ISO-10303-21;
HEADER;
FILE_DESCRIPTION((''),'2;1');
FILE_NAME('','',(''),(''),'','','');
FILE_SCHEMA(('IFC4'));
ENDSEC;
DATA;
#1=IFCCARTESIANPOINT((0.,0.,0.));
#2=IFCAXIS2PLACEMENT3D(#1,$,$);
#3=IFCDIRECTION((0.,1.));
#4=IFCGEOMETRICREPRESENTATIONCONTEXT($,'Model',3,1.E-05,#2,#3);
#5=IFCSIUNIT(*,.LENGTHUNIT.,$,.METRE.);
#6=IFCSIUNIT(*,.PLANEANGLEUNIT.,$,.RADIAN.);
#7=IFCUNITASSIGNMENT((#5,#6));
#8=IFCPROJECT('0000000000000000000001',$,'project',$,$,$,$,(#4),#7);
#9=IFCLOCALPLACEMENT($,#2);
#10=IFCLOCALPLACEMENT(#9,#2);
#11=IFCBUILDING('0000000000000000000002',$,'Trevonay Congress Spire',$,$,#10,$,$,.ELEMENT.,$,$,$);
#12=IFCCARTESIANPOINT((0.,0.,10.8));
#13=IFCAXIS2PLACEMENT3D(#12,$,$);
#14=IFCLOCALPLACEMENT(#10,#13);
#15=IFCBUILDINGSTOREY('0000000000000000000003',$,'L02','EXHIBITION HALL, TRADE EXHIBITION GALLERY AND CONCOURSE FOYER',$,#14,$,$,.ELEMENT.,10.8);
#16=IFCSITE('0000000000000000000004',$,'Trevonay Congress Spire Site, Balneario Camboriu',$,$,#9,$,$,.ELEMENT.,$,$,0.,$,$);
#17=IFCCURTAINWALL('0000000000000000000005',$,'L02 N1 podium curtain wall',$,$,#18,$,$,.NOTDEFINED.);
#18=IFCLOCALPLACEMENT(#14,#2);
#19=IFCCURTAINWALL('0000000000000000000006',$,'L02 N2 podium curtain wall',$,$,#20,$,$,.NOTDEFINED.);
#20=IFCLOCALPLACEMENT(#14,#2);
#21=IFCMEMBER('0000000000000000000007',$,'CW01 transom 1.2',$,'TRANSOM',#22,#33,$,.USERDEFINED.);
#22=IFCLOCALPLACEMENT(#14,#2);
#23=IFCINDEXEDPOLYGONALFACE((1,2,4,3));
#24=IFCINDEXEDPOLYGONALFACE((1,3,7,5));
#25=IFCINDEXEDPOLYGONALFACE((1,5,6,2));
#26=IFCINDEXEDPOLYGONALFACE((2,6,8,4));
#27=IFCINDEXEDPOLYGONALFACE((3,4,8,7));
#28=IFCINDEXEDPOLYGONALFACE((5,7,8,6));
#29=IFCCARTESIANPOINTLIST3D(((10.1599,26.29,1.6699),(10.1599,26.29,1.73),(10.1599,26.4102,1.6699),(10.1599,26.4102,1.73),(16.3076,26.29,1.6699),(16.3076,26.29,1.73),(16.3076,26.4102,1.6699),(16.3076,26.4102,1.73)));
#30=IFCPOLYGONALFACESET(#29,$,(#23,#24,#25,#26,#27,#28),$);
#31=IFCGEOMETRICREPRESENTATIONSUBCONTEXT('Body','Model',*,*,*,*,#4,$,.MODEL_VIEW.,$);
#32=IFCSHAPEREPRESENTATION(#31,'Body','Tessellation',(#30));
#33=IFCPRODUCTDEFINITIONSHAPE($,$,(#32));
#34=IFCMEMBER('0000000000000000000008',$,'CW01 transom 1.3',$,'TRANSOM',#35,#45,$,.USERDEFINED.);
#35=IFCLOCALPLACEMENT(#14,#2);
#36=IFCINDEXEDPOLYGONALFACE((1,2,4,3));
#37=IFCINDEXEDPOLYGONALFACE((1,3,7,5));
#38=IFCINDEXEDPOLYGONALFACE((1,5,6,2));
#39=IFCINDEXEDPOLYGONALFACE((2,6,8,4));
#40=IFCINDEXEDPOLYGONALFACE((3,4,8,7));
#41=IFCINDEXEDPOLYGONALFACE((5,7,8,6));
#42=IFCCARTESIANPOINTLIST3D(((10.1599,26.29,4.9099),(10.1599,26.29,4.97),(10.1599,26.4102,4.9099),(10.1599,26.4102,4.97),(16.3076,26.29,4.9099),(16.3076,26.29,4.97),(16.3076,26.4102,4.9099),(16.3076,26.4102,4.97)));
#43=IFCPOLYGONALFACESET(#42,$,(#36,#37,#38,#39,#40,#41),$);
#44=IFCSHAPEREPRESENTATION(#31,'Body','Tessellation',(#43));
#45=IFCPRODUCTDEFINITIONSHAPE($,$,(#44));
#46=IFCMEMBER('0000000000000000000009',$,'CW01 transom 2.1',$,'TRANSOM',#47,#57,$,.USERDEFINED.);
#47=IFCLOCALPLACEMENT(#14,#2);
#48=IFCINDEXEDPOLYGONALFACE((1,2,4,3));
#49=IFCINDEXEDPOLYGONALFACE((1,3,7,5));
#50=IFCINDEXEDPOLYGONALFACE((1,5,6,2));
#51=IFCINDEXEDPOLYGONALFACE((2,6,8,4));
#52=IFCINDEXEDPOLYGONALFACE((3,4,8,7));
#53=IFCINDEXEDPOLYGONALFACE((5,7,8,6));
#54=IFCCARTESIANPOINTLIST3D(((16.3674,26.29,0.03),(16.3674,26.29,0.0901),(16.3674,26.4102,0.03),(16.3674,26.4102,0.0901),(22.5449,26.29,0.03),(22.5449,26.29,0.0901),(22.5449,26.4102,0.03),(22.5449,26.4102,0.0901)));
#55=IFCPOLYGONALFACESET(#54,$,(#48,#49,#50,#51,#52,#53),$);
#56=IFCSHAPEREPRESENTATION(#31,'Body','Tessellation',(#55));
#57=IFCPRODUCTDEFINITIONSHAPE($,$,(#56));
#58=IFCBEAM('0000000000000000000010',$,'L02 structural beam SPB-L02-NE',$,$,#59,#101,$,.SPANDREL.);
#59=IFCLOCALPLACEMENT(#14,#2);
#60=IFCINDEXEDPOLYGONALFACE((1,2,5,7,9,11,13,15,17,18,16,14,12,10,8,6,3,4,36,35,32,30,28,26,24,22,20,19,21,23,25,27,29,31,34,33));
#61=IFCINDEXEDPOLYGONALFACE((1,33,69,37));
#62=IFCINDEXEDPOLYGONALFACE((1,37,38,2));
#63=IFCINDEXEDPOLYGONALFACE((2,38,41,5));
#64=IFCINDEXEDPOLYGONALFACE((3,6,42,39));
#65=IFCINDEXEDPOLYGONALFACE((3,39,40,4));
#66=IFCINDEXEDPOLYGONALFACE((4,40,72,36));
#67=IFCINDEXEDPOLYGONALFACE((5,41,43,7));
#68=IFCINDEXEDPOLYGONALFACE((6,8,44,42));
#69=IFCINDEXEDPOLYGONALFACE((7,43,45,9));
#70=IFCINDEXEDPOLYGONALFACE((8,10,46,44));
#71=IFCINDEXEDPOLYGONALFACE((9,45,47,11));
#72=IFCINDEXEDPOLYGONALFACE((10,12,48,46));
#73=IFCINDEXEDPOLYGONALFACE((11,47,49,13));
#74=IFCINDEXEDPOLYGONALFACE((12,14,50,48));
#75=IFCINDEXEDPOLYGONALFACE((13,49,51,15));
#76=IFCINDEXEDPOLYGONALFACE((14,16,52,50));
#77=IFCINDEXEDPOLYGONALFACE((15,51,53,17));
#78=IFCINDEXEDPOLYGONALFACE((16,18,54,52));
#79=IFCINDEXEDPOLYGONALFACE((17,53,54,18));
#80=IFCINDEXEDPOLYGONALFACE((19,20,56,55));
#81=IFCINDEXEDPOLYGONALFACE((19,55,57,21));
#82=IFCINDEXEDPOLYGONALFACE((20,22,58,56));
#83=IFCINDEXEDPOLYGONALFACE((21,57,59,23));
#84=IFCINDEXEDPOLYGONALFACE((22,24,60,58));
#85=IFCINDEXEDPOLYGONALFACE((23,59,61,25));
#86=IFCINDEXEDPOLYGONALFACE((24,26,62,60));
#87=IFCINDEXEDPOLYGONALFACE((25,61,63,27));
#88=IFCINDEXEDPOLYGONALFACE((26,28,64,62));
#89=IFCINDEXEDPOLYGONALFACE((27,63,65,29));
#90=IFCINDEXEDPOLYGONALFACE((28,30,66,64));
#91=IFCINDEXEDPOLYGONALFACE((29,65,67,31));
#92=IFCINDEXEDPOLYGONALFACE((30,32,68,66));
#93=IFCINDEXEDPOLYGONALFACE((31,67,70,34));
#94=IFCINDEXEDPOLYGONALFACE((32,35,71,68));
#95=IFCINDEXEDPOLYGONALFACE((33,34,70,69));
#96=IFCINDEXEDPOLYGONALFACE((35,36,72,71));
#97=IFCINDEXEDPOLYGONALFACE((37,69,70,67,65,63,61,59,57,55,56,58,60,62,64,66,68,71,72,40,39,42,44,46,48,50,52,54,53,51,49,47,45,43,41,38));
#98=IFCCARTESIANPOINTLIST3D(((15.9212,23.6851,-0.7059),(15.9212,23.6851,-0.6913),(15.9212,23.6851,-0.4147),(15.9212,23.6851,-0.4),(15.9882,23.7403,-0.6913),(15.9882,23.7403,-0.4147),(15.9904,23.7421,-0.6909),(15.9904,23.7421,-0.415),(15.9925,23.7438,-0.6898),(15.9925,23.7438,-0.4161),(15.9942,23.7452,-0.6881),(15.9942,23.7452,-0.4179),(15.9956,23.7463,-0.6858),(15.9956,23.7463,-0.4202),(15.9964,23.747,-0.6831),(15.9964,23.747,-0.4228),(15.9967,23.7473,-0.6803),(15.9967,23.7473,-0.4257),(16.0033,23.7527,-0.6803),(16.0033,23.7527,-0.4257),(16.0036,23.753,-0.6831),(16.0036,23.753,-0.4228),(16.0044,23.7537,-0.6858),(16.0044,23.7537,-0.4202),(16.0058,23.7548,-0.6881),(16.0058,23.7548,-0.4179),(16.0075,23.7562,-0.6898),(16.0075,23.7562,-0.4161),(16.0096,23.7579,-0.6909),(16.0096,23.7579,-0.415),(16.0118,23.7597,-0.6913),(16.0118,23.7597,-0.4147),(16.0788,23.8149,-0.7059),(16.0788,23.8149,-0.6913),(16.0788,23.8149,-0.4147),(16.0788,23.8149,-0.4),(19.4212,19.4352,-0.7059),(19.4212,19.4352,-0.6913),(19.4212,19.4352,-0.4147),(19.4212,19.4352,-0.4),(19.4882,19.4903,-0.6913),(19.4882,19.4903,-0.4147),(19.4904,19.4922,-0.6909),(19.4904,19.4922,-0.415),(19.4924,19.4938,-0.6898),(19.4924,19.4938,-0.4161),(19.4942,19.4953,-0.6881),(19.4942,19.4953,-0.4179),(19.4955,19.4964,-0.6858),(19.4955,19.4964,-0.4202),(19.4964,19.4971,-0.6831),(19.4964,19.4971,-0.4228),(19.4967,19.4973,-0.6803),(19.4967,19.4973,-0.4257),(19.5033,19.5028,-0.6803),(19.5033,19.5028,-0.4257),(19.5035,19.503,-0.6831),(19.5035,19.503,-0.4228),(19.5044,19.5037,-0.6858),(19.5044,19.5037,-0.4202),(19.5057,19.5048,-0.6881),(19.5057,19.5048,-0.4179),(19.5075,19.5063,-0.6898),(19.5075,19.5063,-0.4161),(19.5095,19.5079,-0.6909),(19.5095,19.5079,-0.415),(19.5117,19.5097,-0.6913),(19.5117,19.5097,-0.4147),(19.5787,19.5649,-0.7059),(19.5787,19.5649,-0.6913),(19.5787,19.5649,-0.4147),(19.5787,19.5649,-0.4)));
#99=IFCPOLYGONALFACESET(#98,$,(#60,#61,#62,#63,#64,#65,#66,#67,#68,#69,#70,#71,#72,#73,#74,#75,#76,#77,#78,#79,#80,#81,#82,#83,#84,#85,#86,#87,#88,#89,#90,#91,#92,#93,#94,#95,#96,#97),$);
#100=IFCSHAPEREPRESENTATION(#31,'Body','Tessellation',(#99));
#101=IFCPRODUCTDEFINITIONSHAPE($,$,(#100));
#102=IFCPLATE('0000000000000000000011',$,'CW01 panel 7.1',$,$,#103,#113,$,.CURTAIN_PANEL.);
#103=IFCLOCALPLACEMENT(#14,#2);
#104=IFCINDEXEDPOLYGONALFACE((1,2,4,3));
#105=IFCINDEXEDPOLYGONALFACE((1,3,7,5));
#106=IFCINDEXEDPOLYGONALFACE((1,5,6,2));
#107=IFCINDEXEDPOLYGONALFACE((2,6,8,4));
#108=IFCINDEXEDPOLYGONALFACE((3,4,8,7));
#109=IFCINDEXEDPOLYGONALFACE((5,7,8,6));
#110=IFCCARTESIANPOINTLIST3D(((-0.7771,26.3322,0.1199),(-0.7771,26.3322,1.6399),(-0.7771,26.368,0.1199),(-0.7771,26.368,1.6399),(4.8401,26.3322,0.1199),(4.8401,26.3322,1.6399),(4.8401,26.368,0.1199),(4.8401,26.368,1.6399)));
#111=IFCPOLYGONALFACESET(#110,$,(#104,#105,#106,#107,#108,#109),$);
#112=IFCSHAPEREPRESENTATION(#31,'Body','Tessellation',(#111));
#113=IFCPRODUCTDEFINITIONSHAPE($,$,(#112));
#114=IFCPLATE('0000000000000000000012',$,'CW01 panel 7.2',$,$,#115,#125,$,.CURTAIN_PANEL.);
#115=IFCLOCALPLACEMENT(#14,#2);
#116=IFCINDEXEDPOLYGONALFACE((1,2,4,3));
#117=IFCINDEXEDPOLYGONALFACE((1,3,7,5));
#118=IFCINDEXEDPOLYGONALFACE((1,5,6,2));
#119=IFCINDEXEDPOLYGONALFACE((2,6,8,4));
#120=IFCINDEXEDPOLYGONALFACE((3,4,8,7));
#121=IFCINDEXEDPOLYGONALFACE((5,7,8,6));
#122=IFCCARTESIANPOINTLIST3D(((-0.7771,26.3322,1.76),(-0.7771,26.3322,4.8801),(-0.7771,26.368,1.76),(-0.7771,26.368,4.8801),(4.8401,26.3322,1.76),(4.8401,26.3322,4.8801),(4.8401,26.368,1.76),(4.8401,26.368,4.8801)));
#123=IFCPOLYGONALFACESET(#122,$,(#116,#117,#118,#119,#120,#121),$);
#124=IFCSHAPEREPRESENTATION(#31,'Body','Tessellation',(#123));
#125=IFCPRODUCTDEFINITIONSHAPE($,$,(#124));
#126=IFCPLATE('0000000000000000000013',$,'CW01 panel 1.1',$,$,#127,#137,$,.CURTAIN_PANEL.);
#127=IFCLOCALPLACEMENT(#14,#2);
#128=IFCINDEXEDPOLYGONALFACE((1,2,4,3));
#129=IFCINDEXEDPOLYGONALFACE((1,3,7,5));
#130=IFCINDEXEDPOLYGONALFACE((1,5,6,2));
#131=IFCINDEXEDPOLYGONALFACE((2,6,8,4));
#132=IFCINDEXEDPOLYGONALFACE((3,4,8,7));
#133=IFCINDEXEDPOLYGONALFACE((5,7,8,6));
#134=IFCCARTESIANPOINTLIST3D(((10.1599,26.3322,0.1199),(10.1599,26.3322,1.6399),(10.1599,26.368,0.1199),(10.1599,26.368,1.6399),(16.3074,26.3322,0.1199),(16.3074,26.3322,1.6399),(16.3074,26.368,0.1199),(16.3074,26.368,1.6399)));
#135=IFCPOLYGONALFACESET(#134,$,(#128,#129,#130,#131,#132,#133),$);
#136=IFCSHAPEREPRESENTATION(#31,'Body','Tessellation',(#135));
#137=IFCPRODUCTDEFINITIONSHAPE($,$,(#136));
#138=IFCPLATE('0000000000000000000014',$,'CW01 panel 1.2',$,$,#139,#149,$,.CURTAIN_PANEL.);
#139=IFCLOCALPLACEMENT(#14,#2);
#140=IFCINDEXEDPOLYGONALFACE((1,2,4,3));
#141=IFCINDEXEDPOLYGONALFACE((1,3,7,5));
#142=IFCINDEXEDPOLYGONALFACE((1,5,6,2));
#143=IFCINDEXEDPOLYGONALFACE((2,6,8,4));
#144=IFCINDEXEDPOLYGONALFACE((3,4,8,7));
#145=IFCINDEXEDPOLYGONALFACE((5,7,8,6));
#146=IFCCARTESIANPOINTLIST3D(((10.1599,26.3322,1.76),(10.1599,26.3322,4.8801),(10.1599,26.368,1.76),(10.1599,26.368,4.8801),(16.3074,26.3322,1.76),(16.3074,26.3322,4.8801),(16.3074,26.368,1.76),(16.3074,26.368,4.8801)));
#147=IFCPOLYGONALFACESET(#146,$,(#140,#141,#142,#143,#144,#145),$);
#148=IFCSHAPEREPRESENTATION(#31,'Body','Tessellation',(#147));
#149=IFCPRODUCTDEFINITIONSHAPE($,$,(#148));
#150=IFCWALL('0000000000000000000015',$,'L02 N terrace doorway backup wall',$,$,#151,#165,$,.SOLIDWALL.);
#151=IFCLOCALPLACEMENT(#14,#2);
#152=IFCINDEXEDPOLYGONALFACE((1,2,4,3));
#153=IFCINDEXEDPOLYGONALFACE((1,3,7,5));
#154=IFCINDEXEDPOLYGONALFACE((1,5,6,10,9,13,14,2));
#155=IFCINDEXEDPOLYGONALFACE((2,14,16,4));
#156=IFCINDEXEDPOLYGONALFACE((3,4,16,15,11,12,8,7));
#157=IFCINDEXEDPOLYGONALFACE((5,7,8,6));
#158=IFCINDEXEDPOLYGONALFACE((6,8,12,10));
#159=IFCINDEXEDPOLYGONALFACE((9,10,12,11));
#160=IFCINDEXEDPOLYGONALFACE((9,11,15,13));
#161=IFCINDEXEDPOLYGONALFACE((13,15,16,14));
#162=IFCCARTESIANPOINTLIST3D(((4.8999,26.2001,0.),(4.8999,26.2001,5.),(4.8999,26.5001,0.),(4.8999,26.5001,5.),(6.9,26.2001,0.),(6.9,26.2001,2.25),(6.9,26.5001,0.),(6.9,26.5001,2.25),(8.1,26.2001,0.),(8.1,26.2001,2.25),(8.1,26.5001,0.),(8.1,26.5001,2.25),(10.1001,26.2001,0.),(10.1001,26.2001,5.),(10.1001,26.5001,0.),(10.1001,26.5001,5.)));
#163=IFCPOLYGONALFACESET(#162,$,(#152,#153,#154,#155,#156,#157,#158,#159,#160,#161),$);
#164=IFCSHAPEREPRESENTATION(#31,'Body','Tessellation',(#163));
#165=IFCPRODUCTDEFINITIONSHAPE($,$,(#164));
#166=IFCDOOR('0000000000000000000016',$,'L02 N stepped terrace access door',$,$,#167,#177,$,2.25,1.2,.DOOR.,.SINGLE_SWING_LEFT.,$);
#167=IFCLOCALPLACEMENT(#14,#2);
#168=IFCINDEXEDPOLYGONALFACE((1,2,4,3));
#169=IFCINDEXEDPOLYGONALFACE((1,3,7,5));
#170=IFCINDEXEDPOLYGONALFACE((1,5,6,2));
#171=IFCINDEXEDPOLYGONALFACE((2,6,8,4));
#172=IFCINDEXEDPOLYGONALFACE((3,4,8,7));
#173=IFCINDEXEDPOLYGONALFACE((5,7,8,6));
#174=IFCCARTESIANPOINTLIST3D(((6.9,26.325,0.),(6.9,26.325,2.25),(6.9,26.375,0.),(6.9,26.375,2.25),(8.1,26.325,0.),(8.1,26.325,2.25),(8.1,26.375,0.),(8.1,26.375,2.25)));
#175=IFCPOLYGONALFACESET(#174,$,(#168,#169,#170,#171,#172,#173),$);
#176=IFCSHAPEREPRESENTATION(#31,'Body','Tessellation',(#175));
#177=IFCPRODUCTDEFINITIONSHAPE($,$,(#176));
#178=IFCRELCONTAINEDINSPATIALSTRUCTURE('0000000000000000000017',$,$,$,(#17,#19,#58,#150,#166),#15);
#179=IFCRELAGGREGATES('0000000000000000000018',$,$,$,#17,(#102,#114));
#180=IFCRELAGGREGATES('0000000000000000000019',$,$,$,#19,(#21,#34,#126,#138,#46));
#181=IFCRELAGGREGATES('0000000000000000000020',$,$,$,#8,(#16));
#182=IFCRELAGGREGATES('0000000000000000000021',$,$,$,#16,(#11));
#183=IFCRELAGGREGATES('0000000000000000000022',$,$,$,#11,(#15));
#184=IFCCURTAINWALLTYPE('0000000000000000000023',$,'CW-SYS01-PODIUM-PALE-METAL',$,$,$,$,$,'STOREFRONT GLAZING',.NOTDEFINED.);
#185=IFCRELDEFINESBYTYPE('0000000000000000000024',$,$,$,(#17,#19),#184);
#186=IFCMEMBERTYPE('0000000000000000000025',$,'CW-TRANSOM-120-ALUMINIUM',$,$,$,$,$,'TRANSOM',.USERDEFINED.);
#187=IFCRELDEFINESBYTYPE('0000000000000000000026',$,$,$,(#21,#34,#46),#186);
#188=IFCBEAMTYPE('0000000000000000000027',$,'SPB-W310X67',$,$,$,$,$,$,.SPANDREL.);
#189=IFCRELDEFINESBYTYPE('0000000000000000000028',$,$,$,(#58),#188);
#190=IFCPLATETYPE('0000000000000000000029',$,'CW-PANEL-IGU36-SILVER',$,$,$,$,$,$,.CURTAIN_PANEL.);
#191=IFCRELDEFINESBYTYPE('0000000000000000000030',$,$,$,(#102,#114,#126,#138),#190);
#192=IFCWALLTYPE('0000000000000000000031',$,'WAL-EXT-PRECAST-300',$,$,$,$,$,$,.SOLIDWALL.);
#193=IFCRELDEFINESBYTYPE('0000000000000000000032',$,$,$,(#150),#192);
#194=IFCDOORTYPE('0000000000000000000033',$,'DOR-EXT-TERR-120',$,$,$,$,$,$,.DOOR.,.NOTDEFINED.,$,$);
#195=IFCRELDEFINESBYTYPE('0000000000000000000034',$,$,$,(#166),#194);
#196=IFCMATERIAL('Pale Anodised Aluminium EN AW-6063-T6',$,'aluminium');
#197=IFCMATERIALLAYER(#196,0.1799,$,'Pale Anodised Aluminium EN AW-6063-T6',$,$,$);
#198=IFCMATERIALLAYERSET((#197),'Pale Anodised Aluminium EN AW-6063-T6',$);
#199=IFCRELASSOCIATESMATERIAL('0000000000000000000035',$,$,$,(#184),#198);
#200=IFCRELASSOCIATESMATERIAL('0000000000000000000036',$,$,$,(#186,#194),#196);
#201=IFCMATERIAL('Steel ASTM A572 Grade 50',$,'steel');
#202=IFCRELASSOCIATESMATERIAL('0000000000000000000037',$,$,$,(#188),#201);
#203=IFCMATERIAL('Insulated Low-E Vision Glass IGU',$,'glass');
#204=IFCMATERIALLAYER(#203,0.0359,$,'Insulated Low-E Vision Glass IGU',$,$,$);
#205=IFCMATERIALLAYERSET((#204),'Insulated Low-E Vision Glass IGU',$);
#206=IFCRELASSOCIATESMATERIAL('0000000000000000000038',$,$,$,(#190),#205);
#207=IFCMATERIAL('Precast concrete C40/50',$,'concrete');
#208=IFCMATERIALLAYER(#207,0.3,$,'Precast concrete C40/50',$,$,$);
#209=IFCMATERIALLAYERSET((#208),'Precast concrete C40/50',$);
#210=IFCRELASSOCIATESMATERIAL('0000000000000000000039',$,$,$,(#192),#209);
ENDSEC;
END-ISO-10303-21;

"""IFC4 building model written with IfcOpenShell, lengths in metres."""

from ifc_helpers import new_model, si_unit, direction, frame, frame_2d, origin, origin_2d, place, context, subcontext, project, spatial, rectangle, i_section, extrude, material, layer, layer_set, material_profile, profile_set, type_object, element, fill, aggregate, save


model = new_model("IFC4")

# Units and contexts
model_context = context("Model", 3, precision=1e-05, world=origin(), true_north=direction((0.0, 1.0)))
body_context = subcontext(model_context, "Body", "Model", "MODEL_VIEW")
ifc_project = project(units=[si_unit("LENGTHUNIT", "METRE"), si_unit("PLANEANGLEUNIT", "RADIAN")], contexts=[model_context])

# Site, building, storey
site_placement = place(None, origin())
site = spatial("IfcSite", under=ifc_project, at=site_placement, Name="Trevonay Congress Spire Site, Balneario Camboriu", CompositionType="ELEMENT", RefElevation=0.0)
building_placement = place(site_placement, origin())
building = spatial("IfcBuilding", under=site, at=building_placement, Name="Trevonay Congress Spire", CompositionType="ELEMENT")
storey_placement = place(building_placement, frame((0.0, 0.0, 10.8)))
storey = spatial("IfcBuildingStorey", under=building, at=storey_placement, Name="L02", Description="EXHIBITION HALL, TRADE EXHIBITION GALLERY AND CONCOURSE FOYER", CompositionType="ELEMENT", Elevation=10.8)

# Shared definitions
ifc_material_1 = material(Name="Steel ASTM A572 Grade 50", Category="steel")

# Curtain wall
ifc_material_2 = material(Name="Pale Anodised Aluminium EN AW-6063-T6", Category="aluminium")
ifc_layer_1 = layer(ifc_material_2, 0.1799, Name="Pale Anodised Aluminium EN AW-6063-T6")
ifc_layer_set_1 = layer_set([ifc_layer_1], Name="Pale Anodised Aluminium EN AW-6063-T6")
curtain_wall_type = type_object("IfcCurtainWallType", Name="CW-SYS01-PODIUM-PALE-METAL", ElementType="STOREFRONT GLAZING", PredefinedType="NOTDEFINED", material=ifc_layer_set_1)
curtain_wall_1_placement = place(storey_placement, origin())
curtain_wall_1 = element("IfcCurtainWall", 1, at=curtain_wall_1_placement, inside=storey, type_object=curtain_wall_type, Name="L02 N1 podium curtain wall", PredefinedType="NOTDEFINED")

# Curtain wall, members
curtain_wall_2_placement = place(storey_placement, origin())
curtain_wall_2 = element("IfcCurtainWall", 2, at=curtain_wall_2_placement, inside=storey, type_object=curtain_wall_type, Name="L02 N2 podium curtain wall", PredefinedType="NOTDEFINED")
ifc_material_profile_1 = material_profile(ifc_material_2, rectangle(XDim=0.1201, YDim=0.0601, at=origin_2d()), Name="CW-TRANSOM-120-ALUMINIUM")
ifc_profile_set_1 = profile_set([ifc_material_profile_1], Name="Pale Anodised Aluminium EN AW-6063-T6")
member_type_1 = type_object("IfcMemberType", Name="CW-TRANSOM-120-ALUMINIUM", ElementType="TRANSOM", PredefinedType="USERDEFINED", material=ifc_profile_set_1)
member_1_placement = place(storey_placement, frame((10.1599, 26.3501, 1.7), z_axis=(1.0, 0.0, 0.0), x_axis=(0.0, 1.0, 0.0)))
member_1 = element("IfcMember", 3, at=member_1_placement, type_object=member_type_1, Name="CW01 transom 1.2", ObjectType="TRANSOM", PredefinedType="USERDEFINED", context=body_context, shape_type="SweptSolid", body=[
    extrude(rectangle(XDim=0.1201, YDim=0.0601, at=origin_2d()), origin(), (0.0, 0.0, 1.0), 6.1477),
])
member_2_placement = place(storey_placement, frame((10.1599, 26.3501, 4.9399), z_axis=(1.0, 0.0, 0.0), x_axis=(0.0, 1.0, 0.0)))
member_2 = element("IfcMember", 4, at=member_2_placement, type_object=member_type_1, Name="CW01 transom 1.3", ObjectType="TRANSOM", PredefinedType="USERDEFINED", context=body_context, shape_type="SweptSolid", body=[
    extrude(rectangle(XDim=0.1201, YDim=0.0601, at=origin_2d()), origin(), (0.0, 0.0, 1.0), 6.1477),
])
member_3_placement = place(storey_placement, frame((16.3674, 26.3501, 0.0601), z_axis=(1.0, 0.0, 0.0), x_axis=(0.0, 1.0, 0.0)))
member_3 = element("IfcMember", 5, at=member_3_placement, type_object=member_type_1, Name="CW01 transom 2.1", ObjectType="TRANSOM", PredefinedType="USERDEFINED", context=body_context, shape_type="SweptSolid", body=[
    extrude(rectangle(XDim=0.1201, YDim=0.0601, at=origin_2d()), origin(), (0.0, 0.0, 1.0), 6.1775),
])

# Beam
ifc_material_profile_2 = material_profile(ifc_material_1, i_section(OverallWidth=0.2041, OverallDepth=0.3059, WebThickness=0.0085, FlangeThickness=0.0146, FilletRadius=0.011, at=origin_2d()), Name="W310x67")
ifc_profile_set_2 = profile_set([ifc_material_profile_2], Name="Steel ASTM A572 Grade 50")
beam_type_1 = type_object("IfcBeamType", Name="SPB-W310X67", PredefinedType="SPANDREL", material=ifc_profile_set_2)
beam_1_placement = place(storey_placement, frame((16.0, 23.75, -0.553), z_axis=(0.635707, -0.77193, 0.0), x_axis=(0.77193, 0.635707, 0.0)))
element("IfcBeam", 6, at=beam_1_placement, inside=storey, type_object=beam_type_1, Name="L02 structural beam SPB-L02-NE", PredefinedType="SPANDREL", context=body_context, shape_type="SweptSolid", body=[
    extrude(i_section(OverallWidth=0.2041, OverallDepth=0.3059, WebThickness=0.0085, FlangeThickness=0.0146, FilletRadius=0.011, at=origin_2d()), origin(), (0.0, 0.0, 1.0), 5.5056),
])

# Plates
ifc_material_3 = material(Name="Insulated Low-E Vision Glass IGU", Category="glass")
ifc_layer_2 = layer(ifc_material_3, 0.0359, Name="Insulated Low-E Vision Glass IGU")
ifc_layer_set_2 = layer_set([ifc_layer_2], Name="Insulated Low-E Vision Glass IGU")
plate_type = type_object("IfcPlateType", Name="CW-PANEL-IGU36-SILVER", PredefinedType="CURTAIN_PANEL", material=ifc_layer_set_2)
plate_1_placement = place(storey_placement, frame((2.0315, 26.3501, 0.1199), z_axis=(0.0, 0.0, 1.0), x_axis=(1.0, 0.0, 0.0)))
plate_1 = element("IfcPlate", 7, at=plate_1_placement, type_object=plate_type, Name="CW01 panel 7.1", PredefinedType="CURTAIN_PANEL", context=body_context, shape_type="SweptSolid", body=[
    extrude(rectangle(XDim=5.6172, YDim=0.0359, at=origin_2d()), origin(), (0.0, 0.0, 1.0), 1.52),
])
plate_2_placement = place(storey_placement, frame((2.0315, 26.3501, 1.76), z_axis=(0.0, 0.0, 1.0), x_axis=(1.0, 0.0, 0.0)))
plate_2 = element("IfcPlate", 8, at=plate_2_placement, type_object=plate_type, Name="CW01 panel 7.2", PredefinedType="CURTAIN_PANEL", context=body_context, shape_type="SweptSolid", body=[
    extrude(rectangle(XDim=5.6172, YDim=0.0359, at=origin_2d()), origin(), (0.0, 0.0, 1.0), 3.1201),
])
aggregate(curtain_wall_1, [plate_1, plate_2])
plate_3_placement = place(storey_placement, frame((13.2336, 26.3501, 0.1199), z_axis=(0.0, 0.0, 1.0), x_axis=(1.0, 0.0, 0.0)))
plate_3 = element("IfcPlate", 9, at=plate_3_placement, type_object=plate_type, Name="CW01 panel 1.1", PredefinedType="CURTAIN_PANEL", context=body_context, shape_type="SweptSolid", body=[
    extrude(rectangle(XDim=6.1475, YDim=0.0359, at=origin_2d()), origin(), (0.0, 0.0, 1.0), 1.52),
])
plate_4_placement = place(storey_placement, frame((13.2336, 26.3501, 1.76), z_axis=(0.0, 0.0, 1.0), x_axis=(1.0, 0.0, 0.0)))
plate_4 = element("IfcPlate", 10, at=plate_4_placement, type_object=plate_type, Name="CW01 panel 1.2", PredefinedType="CURTAIN_PANEL", context=body_context, shape_type="SweptSolid", body=[
    extrude(rectangle(XDim=6.1475, YDim=0.0359, at=origin_2d()), origin(), (0.0, 0.0, 1.0), 3.1201),
])
aggregate(curtain_wall_2, [member_1, member_2, plate_3, plate_4, member_3])

# Wall, opening, door
ifc_material_4 = material(Name="Precast concrete C40/50", Category="concrete")
ifc_layer_3 = layer(ifc_material_4, 0.3, Name="Precast concrete C40/50")
ifc_layer_set_3 = layer_set([ifc_layer_3], Name="Precast concrete C40/50")
wall_type_1 = type_object("IfcWallType", Name="WAL-EXT-PRECAST-300", PredefinedType="SOLIDWALL", material=ifc_layer_set_3)
wall_1_placement = place(storey_placement, frame((4.8999, 26.3501, 0.0), z_axis=(0.0, 0.0, 1.0), x_axis=(1.0, 0.0, 0.0)))
wall_1 = element("IfcWall", 11, at=wall_1_placement, inside=storey, type_object=wall_type_1, Name="L02 N terrace doorway backup wall", PredefinedType="SOLIDWALL", context=body_context, shape_type="SweptSolid", body=[
    extrude(rectangle(XDim=5.2002, YDim=0.3, at=frame_2d((2.6001, 0.0))), origin(), (0.0, 0.0, 1.0), 5.0),
])
opening_placement = place(wall_1_placement, frame((2.0, 0.0, 0.0)))
opening = element("IfcOpeningElement", 12, at=opening_placement, cuts=wall_1, PredefinedType="OPENING", context=body_context, shape_type="SweptSolid", body=[
    extrude(rectangle(XDim=1.2, YDim=2.25, at=frame_2d((0.6001, 1.125))), frame((0.0, 0.1602, 0.0), z_axis=(0.0, -1.0, 0.0), x_axis=(1.0, 0.0, 0.0)), (0.0, 0.0, 1.0), 0.3201),
])
door_type = type_object("IfcDoorType", Name="DOR-EXT-TERR-120", OperationType="NOTDEFINED", PredefinedType="DOOR", material=ifc_material_2)
door_placement = place(opening_placement, origin())
door = element("IfcDoor", 13, at=door_placement, inside=storey, type_object=door_type, Name="L02 N stepped terrace access door", OperationType="SINGLE_SWING_LEFT", OverallHeight=2.25, OverallWidth=1.2, PredefinedType="DOOR", context=body_context, shape_type="SweptSolid", body=[
    extrude(rectangle(XDim=1.2, YDim=2.25, at=frame_2d((0.6001, 1.125))), frame((0.0, 0.0249, 0.0), z_axis=(0.0, -1.0, 0.0), x_axis=(1.0, 0.0, 0.0)), (0.0, 0.0, 1.0), 0.05),
])
fill(opening, door)

save(model, "model.ifc")
